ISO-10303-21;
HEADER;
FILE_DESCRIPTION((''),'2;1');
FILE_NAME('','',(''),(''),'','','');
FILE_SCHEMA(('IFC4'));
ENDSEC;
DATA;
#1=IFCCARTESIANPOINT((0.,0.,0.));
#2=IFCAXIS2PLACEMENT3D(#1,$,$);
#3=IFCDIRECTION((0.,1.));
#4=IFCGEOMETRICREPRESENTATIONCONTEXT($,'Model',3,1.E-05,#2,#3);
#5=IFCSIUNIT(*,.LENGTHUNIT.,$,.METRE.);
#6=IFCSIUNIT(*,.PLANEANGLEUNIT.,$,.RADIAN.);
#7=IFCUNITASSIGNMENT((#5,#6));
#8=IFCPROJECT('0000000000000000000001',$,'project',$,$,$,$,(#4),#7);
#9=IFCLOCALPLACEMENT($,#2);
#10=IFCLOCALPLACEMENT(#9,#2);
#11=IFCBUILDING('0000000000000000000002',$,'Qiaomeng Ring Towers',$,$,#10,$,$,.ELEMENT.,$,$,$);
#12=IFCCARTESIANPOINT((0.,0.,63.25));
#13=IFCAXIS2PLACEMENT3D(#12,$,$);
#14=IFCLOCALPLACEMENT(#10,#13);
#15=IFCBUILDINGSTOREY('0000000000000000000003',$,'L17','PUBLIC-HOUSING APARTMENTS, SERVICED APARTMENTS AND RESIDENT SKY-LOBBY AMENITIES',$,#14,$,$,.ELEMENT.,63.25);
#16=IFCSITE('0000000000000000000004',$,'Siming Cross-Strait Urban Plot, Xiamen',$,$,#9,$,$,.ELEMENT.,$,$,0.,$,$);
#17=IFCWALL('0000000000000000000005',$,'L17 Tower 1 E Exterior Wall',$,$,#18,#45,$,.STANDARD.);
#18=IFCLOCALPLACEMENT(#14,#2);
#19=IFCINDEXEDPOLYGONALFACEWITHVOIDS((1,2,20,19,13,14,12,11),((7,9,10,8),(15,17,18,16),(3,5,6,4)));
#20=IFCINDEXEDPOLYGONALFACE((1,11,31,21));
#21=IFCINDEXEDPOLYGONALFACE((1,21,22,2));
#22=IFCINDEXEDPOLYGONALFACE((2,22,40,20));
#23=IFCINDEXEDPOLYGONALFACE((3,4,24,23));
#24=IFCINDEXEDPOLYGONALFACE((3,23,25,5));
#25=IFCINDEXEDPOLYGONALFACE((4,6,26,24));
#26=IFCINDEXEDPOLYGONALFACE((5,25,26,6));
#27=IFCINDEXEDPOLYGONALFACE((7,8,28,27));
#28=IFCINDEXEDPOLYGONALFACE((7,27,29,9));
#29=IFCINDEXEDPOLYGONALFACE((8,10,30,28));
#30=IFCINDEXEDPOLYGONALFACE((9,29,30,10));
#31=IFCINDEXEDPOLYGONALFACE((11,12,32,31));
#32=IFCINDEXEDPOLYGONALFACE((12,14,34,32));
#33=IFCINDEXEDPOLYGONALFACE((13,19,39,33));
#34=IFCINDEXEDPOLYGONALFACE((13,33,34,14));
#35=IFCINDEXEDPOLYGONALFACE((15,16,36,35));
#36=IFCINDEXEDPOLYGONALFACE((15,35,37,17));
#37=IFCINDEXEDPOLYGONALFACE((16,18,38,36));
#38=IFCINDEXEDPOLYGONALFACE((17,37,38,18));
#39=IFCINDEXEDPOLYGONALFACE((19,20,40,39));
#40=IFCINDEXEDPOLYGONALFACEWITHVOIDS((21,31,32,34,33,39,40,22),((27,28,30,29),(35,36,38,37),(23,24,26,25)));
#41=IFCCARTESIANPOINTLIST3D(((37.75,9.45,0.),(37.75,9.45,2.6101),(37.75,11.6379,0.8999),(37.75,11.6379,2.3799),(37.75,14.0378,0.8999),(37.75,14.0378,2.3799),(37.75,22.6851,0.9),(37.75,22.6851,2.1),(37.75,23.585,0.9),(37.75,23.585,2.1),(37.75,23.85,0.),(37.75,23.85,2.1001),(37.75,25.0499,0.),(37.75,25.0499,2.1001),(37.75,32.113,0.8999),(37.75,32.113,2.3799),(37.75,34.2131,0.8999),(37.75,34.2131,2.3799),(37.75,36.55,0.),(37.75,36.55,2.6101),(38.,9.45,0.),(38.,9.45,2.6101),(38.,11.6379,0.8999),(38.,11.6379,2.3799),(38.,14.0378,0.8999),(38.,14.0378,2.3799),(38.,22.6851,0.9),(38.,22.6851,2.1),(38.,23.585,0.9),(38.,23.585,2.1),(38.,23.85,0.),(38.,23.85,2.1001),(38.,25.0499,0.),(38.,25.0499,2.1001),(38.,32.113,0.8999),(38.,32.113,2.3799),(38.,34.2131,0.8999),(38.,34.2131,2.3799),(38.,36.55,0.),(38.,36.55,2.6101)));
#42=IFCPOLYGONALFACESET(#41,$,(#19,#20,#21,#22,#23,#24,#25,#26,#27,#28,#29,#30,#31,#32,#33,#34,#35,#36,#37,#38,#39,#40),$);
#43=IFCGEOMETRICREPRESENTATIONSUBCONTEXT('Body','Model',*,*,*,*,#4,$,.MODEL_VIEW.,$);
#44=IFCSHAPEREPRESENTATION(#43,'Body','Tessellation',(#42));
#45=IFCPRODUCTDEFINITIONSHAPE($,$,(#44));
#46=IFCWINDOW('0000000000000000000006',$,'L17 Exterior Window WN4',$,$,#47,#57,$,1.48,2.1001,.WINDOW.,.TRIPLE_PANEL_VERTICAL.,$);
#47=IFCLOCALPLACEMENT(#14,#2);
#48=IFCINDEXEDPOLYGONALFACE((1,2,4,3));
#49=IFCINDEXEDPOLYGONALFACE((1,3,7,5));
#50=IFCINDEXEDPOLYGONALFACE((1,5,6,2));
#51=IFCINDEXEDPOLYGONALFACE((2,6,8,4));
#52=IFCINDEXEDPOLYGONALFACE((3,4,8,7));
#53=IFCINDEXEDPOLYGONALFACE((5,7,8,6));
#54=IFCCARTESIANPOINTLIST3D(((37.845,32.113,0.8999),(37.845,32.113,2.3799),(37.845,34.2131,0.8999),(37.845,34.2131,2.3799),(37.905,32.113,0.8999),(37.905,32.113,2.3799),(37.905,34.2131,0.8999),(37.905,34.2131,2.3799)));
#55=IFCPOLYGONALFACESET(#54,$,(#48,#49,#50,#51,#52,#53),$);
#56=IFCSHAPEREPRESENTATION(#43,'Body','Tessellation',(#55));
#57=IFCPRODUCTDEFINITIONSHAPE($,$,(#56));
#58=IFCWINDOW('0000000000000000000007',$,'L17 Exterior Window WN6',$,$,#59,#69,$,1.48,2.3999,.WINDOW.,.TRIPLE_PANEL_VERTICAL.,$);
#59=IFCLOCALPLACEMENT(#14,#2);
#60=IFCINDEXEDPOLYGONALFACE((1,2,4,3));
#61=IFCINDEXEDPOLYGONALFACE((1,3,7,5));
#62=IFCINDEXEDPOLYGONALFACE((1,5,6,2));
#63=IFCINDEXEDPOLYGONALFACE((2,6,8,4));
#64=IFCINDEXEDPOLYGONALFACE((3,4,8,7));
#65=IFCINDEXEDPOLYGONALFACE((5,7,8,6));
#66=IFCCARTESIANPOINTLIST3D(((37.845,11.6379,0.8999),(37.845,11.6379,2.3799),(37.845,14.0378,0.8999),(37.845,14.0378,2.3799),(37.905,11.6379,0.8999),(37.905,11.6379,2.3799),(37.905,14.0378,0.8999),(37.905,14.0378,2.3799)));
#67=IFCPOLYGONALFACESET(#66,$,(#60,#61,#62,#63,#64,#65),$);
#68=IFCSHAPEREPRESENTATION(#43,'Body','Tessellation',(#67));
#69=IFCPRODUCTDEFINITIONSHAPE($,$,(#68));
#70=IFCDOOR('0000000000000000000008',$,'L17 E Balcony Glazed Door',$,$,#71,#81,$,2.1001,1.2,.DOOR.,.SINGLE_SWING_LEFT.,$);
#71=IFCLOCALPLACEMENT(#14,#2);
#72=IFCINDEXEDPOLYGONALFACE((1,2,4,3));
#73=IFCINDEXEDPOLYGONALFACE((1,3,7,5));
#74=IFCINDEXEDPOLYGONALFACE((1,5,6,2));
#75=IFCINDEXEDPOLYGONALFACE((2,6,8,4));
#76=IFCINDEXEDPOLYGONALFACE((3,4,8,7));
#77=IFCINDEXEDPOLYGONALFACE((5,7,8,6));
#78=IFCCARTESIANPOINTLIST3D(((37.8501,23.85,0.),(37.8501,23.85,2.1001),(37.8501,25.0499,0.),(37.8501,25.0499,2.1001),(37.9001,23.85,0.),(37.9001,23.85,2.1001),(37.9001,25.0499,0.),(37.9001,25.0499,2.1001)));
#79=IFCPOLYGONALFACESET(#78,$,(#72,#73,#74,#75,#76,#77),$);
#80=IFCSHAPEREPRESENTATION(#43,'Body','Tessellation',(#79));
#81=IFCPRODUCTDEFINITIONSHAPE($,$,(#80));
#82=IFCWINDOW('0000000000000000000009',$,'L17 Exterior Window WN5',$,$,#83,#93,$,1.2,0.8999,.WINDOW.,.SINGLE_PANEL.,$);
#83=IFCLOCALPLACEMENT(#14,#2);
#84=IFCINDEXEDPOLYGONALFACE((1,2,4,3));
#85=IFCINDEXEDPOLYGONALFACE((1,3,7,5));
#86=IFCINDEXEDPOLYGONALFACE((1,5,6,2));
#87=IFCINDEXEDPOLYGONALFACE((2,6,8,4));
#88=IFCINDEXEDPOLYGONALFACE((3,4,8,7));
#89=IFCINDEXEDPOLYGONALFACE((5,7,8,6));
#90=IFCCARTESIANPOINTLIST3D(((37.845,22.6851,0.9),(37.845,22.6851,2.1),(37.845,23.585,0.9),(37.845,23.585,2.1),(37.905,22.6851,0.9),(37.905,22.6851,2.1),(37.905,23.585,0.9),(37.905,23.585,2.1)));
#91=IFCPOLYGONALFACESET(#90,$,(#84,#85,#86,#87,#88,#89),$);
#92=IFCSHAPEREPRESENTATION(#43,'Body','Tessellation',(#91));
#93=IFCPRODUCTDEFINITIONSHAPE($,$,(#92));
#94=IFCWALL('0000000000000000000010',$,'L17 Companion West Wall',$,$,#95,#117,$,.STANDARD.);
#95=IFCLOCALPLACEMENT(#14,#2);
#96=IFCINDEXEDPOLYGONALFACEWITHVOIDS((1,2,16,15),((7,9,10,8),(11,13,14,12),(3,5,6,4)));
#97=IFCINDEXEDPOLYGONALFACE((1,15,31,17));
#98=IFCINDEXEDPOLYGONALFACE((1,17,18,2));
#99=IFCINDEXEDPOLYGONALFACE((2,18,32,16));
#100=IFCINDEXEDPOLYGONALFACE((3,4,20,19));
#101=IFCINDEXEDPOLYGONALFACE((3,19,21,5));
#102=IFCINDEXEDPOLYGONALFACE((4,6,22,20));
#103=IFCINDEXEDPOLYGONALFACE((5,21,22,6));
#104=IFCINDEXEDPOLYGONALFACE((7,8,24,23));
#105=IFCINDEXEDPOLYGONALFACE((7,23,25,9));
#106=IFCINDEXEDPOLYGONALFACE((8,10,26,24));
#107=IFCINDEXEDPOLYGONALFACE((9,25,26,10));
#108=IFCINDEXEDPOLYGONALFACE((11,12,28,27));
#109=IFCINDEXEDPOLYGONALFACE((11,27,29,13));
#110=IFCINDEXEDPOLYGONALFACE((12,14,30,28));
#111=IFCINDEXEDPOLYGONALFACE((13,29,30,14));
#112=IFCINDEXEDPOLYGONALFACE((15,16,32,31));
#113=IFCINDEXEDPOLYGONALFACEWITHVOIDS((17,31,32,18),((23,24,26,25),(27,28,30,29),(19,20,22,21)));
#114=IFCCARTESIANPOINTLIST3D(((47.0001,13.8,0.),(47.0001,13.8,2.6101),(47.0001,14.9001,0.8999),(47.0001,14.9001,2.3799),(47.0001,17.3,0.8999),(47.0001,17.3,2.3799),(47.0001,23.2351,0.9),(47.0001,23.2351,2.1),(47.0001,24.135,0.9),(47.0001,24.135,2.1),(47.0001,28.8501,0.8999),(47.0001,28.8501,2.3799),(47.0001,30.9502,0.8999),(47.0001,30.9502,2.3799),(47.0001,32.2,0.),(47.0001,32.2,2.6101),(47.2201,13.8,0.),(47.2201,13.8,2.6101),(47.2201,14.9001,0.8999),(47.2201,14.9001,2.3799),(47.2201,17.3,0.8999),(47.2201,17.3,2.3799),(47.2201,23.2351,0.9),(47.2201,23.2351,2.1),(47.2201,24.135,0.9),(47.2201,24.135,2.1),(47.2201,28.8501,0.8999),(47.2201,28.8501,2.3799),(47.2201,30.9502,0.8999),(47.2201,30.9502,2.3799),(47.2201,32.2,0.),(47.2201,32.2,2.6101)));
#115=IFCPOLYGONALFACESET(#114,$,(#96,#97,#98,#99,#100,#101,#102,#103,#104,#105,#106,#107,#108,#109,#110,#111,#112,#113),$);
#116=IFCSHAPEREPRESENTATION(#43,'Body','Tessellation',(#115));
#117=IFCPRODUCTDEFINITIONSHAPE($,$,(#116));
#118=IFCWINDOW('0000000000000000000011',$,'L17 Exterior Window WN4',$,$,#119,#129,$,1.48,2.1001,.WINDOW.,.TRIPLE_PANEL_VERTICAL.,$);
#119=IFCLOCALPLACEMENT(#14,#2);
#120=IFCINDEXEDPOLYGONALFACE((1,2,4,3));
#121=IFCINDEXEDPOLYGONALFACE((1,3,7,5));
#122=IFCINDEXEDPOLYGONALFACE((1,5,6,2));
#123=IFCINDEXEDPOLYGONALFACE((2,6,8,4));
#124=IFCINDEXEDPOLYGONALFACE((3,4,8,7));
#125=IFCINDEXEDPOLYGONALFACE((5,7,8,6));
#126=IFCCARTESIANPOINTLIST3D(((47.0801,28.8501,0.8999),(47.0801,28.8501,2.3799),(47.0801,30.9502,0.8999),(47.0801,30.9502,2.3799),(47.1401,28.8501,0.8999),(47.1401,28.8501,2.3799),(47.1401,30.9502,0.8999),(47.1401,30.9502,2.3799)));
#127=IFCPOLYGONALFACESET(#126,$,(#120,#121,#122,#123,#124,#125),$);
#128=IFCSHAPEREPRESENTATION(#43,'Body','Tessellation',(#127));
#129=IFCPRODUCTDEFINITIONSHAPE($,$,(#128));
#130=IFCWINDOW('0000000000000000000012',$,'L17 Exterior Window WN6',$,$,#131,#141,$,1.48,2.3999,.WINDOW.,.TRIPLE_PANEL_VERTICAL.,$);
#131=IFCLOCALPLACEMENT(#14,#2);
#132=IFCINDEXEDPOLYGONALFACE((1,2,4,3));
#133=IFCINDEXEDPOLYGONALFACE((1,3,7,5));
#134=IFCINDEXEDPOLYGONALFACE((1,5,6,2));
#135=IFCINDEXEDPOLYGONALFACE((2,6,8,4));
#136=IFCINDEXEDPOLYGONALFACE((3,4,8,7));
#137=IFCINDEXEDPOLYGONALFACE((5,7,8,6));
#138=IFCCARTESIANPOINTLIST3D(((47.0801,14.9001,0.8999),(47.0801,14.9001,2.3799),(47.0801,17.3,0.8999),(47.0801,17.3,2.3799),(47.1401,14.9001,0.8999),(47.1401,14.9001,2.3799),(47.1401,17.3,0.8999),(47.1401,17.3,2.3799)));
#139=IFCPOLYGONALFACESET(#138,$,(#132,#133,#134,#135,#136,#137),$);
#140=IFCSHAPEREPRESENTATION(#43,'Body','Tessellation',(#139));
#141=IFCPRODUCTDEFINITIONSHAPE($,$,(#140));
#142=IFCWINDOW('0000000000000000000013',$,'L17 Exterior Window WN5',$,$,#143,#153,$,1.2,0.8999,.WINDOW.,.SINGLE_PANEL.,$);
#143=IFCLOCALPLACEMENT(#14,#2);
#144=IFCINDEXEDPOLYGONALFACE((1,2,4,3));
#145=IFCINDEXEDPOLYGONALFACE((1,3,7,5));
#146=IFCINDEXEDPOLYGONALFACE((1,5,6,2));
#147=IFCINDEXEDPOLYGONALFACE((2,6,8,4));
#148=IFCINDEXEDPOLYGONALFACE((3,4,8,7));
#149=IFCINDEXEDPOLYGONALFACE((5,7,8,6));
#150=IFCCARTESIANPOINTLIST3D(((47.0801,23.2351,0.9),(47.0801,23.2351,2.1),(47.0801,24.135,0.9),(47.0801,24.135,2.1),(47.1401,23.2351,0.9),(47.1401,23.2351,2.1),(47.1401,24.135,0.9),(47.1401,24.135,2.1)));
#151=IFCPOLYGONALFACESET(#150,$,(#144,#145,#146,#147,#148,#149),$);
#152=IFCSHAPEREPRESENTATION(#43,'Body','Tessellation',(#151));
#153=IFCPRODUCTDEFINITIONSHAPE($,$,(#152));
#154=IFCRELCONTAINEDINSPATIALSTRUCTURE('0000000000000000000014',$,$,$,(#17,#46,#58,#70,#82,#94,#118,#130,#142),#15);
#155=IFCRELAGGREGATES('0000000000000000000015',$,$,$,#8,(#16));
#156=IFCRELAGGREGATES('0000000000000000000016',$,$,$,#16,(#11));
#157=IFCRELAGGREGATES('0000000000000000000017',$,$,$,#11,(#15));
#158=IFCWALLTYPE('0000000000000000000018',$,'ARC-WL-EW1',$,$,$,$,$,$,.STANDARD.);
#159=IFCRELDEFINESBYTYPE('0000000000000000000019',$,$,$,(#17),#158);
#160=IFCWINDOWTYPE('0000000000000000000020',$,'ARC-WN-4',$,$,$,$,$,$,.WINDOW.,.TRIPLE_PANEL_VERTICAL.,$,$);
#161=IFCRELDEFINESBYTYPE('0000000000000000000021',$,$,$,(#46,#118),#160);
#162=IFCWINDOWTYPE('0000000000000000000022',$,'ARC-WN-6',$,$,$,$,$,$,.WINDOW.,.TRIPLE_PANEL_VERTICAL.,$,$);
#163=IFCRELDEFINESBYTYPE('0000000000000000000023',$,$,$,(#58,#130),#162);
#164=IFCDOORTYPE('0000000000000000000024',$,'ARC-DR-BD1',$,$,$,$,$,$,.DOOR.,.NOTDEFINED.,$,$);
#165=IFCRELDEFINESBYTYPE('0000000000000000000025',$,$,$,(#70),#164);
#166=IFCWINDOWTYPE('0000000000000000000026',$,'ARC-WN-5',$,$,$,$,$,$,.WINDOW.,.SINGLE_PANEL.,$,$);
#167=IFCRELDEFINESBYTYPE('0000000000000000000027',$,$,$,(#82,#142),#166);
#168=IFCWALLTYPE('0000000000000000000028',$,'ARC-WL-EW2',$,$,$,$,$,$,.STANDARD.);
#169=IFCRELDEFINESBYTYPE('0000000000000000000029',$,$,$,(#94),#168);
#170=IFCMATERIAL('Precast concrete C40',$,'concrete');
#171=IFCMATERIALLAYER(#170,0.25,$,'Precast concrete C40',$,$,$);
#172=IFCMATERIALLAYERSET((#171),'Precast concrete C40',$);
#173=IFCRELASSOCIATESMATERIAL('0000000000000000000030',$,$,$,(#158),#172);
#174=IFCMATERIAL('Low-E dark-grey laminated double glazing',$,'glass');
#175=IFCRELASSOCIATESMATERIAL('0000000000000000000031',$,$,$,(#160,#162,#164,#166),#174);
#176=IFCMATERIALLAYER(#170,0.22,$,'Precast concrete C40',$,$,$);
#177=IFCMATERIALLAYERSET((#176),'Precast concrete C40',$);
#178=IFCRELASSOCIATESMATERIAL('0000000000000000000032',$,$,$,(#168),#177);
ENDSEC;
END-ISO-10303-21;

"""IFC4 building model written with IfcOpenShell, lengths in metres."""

from ifc_helpers import new_model, si_unit, direction, frame, frame_2d, origin, place, context, subcontext, project, spatial, rectangle, extrude, source, transform, mapped, material, layer, layer_set, type_object, element, fill, save


model = new_model("IFC4")

# Units and contexts
model_context = context("Model", 3, precision=1e-05, world=origin(), true_north=direction((0.0, 1.0)))
body_context = subcontext(model_context, "Body", "Model", "MODEL_VIEW")
ifc_project = project(units=[si_unit("LENGTHUNIT", "METRE"), si_unit("PLANEANGLEUNIT", "RADIAN")], contexts=[model_context])

# Site, building, storey
site_placement = place(None, origin())
site = spatial("IfcSite", under=ifc_project, at=site_placement, Name="Siming Cross-Strait Urban Plot, Xiamen", CompositionType="ELEMENT", RefElevation=0.0)
building_placement = place(site_placement, origin())
building = spatial("IfcBuilding", under=site, at=building_placement, Name="Qiaomeng Ring Towers", CompositionType="ELEMENT")
storey_placement = place(building_placement, frame((0.0, 0.0, 63.25)))
storey = spatial("IfcBuildingStorey", under=building, at=storey_placement, Name="L17", Description="PUBLIC-HOUSING APARTMENTS, SERVICED APARTMENTS AND RESIDENT SKY-LOBBY AMENITIES", CompositionType="ELEMENT", Elevation=63.25)

# Wall, openings, windows, door
ifc_material_1 = material(Name="Precast concrete C40", Category="concrete")
ifc_layer_1 = layer(ifc_material_1, 0.25, Name="Precast concrete C40")
ifc_layer_set_1 = layer_set([ifc_layer_1], Name="Precast concrete C40")
wall_type_1 = type_object("IfcWallType", Name="ARC-WL-EW1", PredefinedType="STANDARD", material=ifc_layer_set_1)
wall_1_placement = place(storey_placement, frame((37.875, 9.45, 0.0), z_axis=(0.0, 0.0, 1.0), x_axis=(0.0, 1.0, 0.0)))
wall_1 = element("IfcWall", 1, at=wall_1_placement, inside=storey, type_object=wall_type_1, Name="L17 Tower 1 E Exterior Wall", PredefinedType="STANDARD", context=body_context, shape_type="SweptSolid", body=[
    extrude(rectangle(XDim=27.1001, YDim=0.25, at=frame_2d((13.55, 0.0))), origin(), (0.0, 0.0, 1.0), 2.6101),
])
opening_1_placement = place(wall_1_placement, frame((14.3999, 0.0, 0.0)))
opening_1 = element("IfcOpeningElement", 2, at=opening_1_placement, cuts=wall_1, PredefinedType="OPENING", context=body_context, shape_type="SweptSolid", body=[
    extrude(rectangle(XDim=1.2, YDim=2.1001, at=frame_2d((0.6001, 1.05))), frame((0.0, 0.135, 0.0), z_axis=(0.0, -1.0, 0.0), x_axis=(1.0, 0.0, 0.0)), (0.0, 0.0, 1.0), 0.27),
])
opening_2_placement = place(wall_1_placement, frame((2.188, 0.0, 0.8999)))
opening_2 = element("IfcOpeningElement", 3, at=opening_2_placement, cuts=wall_1, PredefinedType="OPENING", context=body_context, shape_type="SweptSolid", body=[
    extrude(rectangle(XDim=2.3999, YDim=1.48, at=frame_2d((1.2, 0.74))), frame((0.0, 0.135, 0.0), z_axis=(0.0, -1.0, 0.0), x_axis=(1.0, 0.0, 0.0)), (0.0, 0.0, 1.0), 0.27),
])
opening_3_placement = place(wall_1_placement, frame((22.6631, 0.0, 0.8999)))
opening_3 = element("IfcOpeningElement", 4, at=opening_3_placement, cuts=wall_1, PredefinedType="OPENING", context=body_context, shape_type="SweptSolid", body=[
    extrude(rectangle(XDim=2.1001, YDim=1.48, at=frame_2d((1.05, 0.74))), frame((0.0, 0.135, 0.0), z_axis=(0.0, -1.0, 0.0), x_axis=(1.0, 0.0, 0.0)), (0.0, 0.0, 1.0), 0.27),
])
opening_4_placement = place(wall_1_placement, frame((13.2351, 0.0, 0.8999)))
opening_4 = element("IfcOpeningElement", 5, at=opening_4_placement, cuts=wall_1, PredefinedType="OPENING", context=body_context, shape_type="SweptSolid", body=[
    extrude(rectangle(XDim=0.8999, YDim=1.2, at=frame_2d((0.45, 0.6001))), frame((0.0, 0.135, 0.0), z_axis=(0.0, -1.0, 0.0), x_axis=(1.0, 0.0, 0.0)), (0.0, 0.0, 1.0), 0.27),
])
ifc_material_2 = material(Name="Low-E dark-grey laminated double glazing", Category="glass")
window_type_1 = type_object("IfcWindowType", Name="ARC-WN-4", PartitioningType="TRIPLE_PANEL_VERTICAL", PredefinedType="WINDOW", material=ifc_material_2)
shared_shape_1 = source(origin(), body_context, "Body", "SweptSolid", [
    extrude(rectangle(XDim=2.1001, YDim=1.48, at=frame_2d((1.05, 0.74))), frame((0.0, 0.03, 0.0), z_axis=(0.0, -1.0, 0.0), x_axis=(1.0, 0.0, 0.0)), (0.0, 0.0, 1.0), 0.0601),
])
window_1_placement = place(opening_3_placement, origin())
window_1 = element("IfcWindow", 6, at=window_1_placement, inside=storey, type_object=window_type_1, Name="L17 Exterior Window WN4", OverallHeight=1.48, OverallWidth=2.1001, PartitioningType="TRIPLE_PANEL_VERTICAL", PredefinedType="WINDOW", context=body_context, shape_type="MappedRepresentation", body=[
    mapped(shared_shape_1, transform((0.0, 0.0, 0.0), x_axis=(1.0, 0.0, 0.0), y_axis=(0.0, 1.0, 0.0), z_axis=(0.0, 0.0, 1.0), scale=1.0)),
])
fill(opening_3, window_1)
window_type_2 = type_object("IfcWindowType", Name="ARC-WN-6", PartitioningType="TRIPLE_PANEL_VERTICAL", PredefinedType="WINDOW", material=ifc_material_2)
shared_shape_2 = source(origin(), body_context, "Body", "SweptSolid", [
    extrude(rectangle(XDim=2.3999, YDim=1.48, at=frame_2d((1.2, 0.74))), frame((0.0, 0.03, 0.0), z_axis=(0.0, -1.0, 0.0), x_axis=(1.0, 0.0, 0.0)), (0.0, 0.0, 1.0), 0.0601),
])
window_2_placement = place(opening_2_placement, origin())
window_2 = element("IfcWindow", 7, at=window_2_placement, inside=storey, type_object=window_type_2, Name="L17 Exterior Window WN6", OverallHeight=1.48, OverallWidth=2.3999, PartitioningType="TRIPLE_PANEL_VERTICAL", PredefinedType="WINDOW", context=body_context, shape_type="MappedRepresentation", body=[
    mapped(shared_shape_2, transform((0.0, 0.0, 0.0), x_axis=(1.0, 0.0, 0.0), y_axis=(0.0, 1.0, 0.0), z_axis=(0.0, 0.0, 1.0), scale=1.0)),
])
fill(opening_2, window_2)
door_type_1 = type_object("IfcDoorType", Name="ARC-DR-BD1", OperationType="NOTDEFINED", PredefinedType="DOOR", material=ifc_material_2)
shared_shape_3 = source(origin(), body_context, "Body", "SweptSolid", [
    extrude(rectangle(XDim=1.2, YDim=2.1001, at=frame_2d((0.6001, 1.05))), frame((0.0, 0.0249, 0.0), z_axis=(0.0, -1.0, 0.0), x_axis=(1.0, 0.0, 0.0)), (0.0, 0.0, 1.0), 0.05),
])
door_1_placement = place(opening_1_placement, origin())
door_1 = element("IfcDoor", 8, at=door_1_placement, inside=storey, type_object=door_type_1, Name="L17 E Balcony Glazed Door", OperationType="SINGLE_SWING_LEFT", OverallHeight=2.1001, OverallWidth=1.2, PredefinedType="DOOR", context=body_context, shape_type="MappedRepresentation", body=[
    mapped(shared_shape_3, transform((0.0, 0.0, 0.0), x_axis=(1.0, 0.0, 0.0), y_axis=(0.0, 1.0, 0.0), z_axis=(0.0, 0.0, 1.0), scale=1.0)),
])
fill(opening_1, door_1)
window_type_3 = type_object("IfcWindowType", Name="ARC-WN-5", PartitioningType="SINGLE_PANEL", PredefinedType="WINDOW", material=ifc_material_2)
shared_shape_4 = source(origin(), body_context, "Body", "SweptSolid", [
    extrude(rectangle(XDim=0.8999, YDim=1.2, at=frame_2d((0.45, 0.6001))), frame((0.0, 0.03, 0.0), z_axis=(0.0, -1.0, 0.0), x_axis=(1.0, 0.0, 0.0)), (0.0, 0.0, 1.0), 0.0601),
])
window_3_placement = place(opening_4_placement, origin())
window_3 = element("IfcWindow", 9, at=window_3_placement, inside=storey, type_object=window_type_3, Name="L17 Exterior Window WN5", OverallHeight=1.2, OverallWidth=0.8999, PartitioningType="SINGLE_PANEL", PredefinedType="WINDOW", context=body_context, shape_type="MappedRepresentation", body=[
    mapped(shared_shape_4, transform((0.0, 0.0, 0.0), x_axis=(1.0, 0.0, 0.0), y_axis=(0.0, 1.0, 0.0), z_axis=(0.0, 0.0, 1.0), scale=1.0)),
])
fill(opening_4, window_3)

# Wall, openings, windows
ifc_layer_2 = layer(ifc_material_1, 0.22, Name="Precast concrete C40")
ifc_layer_set_2 = layer_set([ifc_layer_2], Name="Precast concrete C40")
wall_type_2 = type_object("IfcWallType", Name="ARC-WL-EW2", PredefinedType="STANDARD", material=ifc_layer_set_2)
wall_2_placement = place(storey_placement, frame((47.1101, 13.8, 0.0), z_axis=(0.0, 0.0, 1.0), x_axis=(0.0, 1.0, 0.0)))
wall_2 = element("IfcWall", 10, at=wall_2_placement, inside=storey, type_object=wall_type_2, Name="L17 Companion West Wall", PredefinedType="STANDARD", context=body_context, shape_type="SweptSolid", body=[
    extrude(rectangle(XDim=18.3999, YDim=0.22, at=frame_2d((9.2, 0.0))), origin(), (0.0, 0.0, 1.0), 2.6101),
])
opening_5_placement = place(wall_2_placement, frame((1.1001, 0.0, 0.8999)))
opening_5 = element("IfcOpeningElement", 11, at=opening_5_placement, cuts=wall_2, PredefinedType="OPENING", context=body_context, shape_type="SweptSolid", body=[
    extrude(rectangle(XDim=2.3999, YDim=1.48, at=frame_2d((1.2, 0.74))), frame((0.0, 0.1199, 0.0), z_axis=(0.0, -1.0, 0.0), x_axis=(1.0, 0.0, 0.0)), (0.0, 0.0, 1.0), 0.24),
])
opening_6_placement = place(wall_2_placement, frame((15.05, 0.0, 0.8999)))
opening_6 = element("IfcOpeningElement", 12, at=opening_6_placement, cuts=wall_2, PredefinedType="OPENING", context=body_context, shape_type="SweptSolid", body=[
    extrude(rectangle(XDim=2.1001, YDim=1.48, at=frame_2d((1.05, 0.74))), frame((0.0, 0.1199, 0.0), z_axis=(0.0, -1.0, 0.0), x_axis=(1.0, 0.0, 0.0)), (0.0, 0.0, 1.0), 0.24),
])
opening_7_placement = place(wall_2_placement, frame((9.4351, 0.0, 0.8999)))
opening_7 = element("IfcOpeningElement", 13, at=opening_7_placement, cuts=wall_2, PredefinedType="OPENING", context=body_context, shape_type="SweptSolid", body=[
    extrude(rectangle(XDim=0.8999, YDim=1.2, at=frame_2d((0.45, 0.6001))), frame((0.0, 0.1199, 0.0), z_axis=(0.0, -1.0, 0.0), x_axis=(1.0, 0.0, 0.0)), (0.0, 0.0, 1.0), 0.24),
])
window_4_placement = place(opening_6_placement, origin())
window_4 = element("IfcWindow", 14, at=window_4_placement, inside=storey, type_object=window_type_1, Name="L17 Exterior Window WN4", OverallHeight=1.48, OverallWidth=2.1001, PartitioningType="TRIPLE_PANEL_VERTICAL", PredefinedType="WINDOW", context=body_context, shape_type="MappedRepresentation", body=[
    mapped(shared_shape_1, transform((0.0, 0.0, 0.0), x_axis=(1.0, 0.0, 0.0), y_axis=(0.0, 1.0, 0.0), z_axis=(0.0, 0.0, 1.0), scale=1.0)),
])
fill(opening_6, window_4)
window_5_placement = place(opening_5_placement, origin())
window_5 = element("IfcWindow", 15, at=window_5_placement, inside=storey, type_object=window_type_2, Name="L17 Exterior Window WN6", OverallHeight=1.48, OverallWidth=2.3999, PartitioningType="TRIPLE_PANEL_VERTICAL", PredefinedType="WINDOW", context=body_context, shape_type="MappedRepresentation", body=[
    mapped(shared_shape_2, transform((0.0, 0.0, 0.0), x_axis=(1.0, 0.0, 0.0), y_axis=(0.0, 1.0, 0.0), z_axis=(0.0, 0.0, 1.0), scale=1.0)),
])
fill(opening_5, window_5)
window_6_placement = place(opening_7_placement, origin())
window_6 = element("IfcWindow", 16, at=window_6_placement, inside=storey, type_object=window_type_3, Name="L17 Exterior Window WN5", OverallHeight=1.2, OverallWidth=0.8999, PartitioningType="SINGLE_PANEL", PredefinedType="WINDOW", context=body_context, shape_type="MappedRepresentation", body=[
    mapped(shared_shape_4, transform((0.0, 0.0, 0.0), x_axis=(1.0, 0.0, 0.0), y_axis=(0.0, 1.0, 0.0), z_axis=(0.0, 0.0, 1.0), scale=1.0)),
])
fill(opening_7, window_6)

save(model, "model.ifc")
